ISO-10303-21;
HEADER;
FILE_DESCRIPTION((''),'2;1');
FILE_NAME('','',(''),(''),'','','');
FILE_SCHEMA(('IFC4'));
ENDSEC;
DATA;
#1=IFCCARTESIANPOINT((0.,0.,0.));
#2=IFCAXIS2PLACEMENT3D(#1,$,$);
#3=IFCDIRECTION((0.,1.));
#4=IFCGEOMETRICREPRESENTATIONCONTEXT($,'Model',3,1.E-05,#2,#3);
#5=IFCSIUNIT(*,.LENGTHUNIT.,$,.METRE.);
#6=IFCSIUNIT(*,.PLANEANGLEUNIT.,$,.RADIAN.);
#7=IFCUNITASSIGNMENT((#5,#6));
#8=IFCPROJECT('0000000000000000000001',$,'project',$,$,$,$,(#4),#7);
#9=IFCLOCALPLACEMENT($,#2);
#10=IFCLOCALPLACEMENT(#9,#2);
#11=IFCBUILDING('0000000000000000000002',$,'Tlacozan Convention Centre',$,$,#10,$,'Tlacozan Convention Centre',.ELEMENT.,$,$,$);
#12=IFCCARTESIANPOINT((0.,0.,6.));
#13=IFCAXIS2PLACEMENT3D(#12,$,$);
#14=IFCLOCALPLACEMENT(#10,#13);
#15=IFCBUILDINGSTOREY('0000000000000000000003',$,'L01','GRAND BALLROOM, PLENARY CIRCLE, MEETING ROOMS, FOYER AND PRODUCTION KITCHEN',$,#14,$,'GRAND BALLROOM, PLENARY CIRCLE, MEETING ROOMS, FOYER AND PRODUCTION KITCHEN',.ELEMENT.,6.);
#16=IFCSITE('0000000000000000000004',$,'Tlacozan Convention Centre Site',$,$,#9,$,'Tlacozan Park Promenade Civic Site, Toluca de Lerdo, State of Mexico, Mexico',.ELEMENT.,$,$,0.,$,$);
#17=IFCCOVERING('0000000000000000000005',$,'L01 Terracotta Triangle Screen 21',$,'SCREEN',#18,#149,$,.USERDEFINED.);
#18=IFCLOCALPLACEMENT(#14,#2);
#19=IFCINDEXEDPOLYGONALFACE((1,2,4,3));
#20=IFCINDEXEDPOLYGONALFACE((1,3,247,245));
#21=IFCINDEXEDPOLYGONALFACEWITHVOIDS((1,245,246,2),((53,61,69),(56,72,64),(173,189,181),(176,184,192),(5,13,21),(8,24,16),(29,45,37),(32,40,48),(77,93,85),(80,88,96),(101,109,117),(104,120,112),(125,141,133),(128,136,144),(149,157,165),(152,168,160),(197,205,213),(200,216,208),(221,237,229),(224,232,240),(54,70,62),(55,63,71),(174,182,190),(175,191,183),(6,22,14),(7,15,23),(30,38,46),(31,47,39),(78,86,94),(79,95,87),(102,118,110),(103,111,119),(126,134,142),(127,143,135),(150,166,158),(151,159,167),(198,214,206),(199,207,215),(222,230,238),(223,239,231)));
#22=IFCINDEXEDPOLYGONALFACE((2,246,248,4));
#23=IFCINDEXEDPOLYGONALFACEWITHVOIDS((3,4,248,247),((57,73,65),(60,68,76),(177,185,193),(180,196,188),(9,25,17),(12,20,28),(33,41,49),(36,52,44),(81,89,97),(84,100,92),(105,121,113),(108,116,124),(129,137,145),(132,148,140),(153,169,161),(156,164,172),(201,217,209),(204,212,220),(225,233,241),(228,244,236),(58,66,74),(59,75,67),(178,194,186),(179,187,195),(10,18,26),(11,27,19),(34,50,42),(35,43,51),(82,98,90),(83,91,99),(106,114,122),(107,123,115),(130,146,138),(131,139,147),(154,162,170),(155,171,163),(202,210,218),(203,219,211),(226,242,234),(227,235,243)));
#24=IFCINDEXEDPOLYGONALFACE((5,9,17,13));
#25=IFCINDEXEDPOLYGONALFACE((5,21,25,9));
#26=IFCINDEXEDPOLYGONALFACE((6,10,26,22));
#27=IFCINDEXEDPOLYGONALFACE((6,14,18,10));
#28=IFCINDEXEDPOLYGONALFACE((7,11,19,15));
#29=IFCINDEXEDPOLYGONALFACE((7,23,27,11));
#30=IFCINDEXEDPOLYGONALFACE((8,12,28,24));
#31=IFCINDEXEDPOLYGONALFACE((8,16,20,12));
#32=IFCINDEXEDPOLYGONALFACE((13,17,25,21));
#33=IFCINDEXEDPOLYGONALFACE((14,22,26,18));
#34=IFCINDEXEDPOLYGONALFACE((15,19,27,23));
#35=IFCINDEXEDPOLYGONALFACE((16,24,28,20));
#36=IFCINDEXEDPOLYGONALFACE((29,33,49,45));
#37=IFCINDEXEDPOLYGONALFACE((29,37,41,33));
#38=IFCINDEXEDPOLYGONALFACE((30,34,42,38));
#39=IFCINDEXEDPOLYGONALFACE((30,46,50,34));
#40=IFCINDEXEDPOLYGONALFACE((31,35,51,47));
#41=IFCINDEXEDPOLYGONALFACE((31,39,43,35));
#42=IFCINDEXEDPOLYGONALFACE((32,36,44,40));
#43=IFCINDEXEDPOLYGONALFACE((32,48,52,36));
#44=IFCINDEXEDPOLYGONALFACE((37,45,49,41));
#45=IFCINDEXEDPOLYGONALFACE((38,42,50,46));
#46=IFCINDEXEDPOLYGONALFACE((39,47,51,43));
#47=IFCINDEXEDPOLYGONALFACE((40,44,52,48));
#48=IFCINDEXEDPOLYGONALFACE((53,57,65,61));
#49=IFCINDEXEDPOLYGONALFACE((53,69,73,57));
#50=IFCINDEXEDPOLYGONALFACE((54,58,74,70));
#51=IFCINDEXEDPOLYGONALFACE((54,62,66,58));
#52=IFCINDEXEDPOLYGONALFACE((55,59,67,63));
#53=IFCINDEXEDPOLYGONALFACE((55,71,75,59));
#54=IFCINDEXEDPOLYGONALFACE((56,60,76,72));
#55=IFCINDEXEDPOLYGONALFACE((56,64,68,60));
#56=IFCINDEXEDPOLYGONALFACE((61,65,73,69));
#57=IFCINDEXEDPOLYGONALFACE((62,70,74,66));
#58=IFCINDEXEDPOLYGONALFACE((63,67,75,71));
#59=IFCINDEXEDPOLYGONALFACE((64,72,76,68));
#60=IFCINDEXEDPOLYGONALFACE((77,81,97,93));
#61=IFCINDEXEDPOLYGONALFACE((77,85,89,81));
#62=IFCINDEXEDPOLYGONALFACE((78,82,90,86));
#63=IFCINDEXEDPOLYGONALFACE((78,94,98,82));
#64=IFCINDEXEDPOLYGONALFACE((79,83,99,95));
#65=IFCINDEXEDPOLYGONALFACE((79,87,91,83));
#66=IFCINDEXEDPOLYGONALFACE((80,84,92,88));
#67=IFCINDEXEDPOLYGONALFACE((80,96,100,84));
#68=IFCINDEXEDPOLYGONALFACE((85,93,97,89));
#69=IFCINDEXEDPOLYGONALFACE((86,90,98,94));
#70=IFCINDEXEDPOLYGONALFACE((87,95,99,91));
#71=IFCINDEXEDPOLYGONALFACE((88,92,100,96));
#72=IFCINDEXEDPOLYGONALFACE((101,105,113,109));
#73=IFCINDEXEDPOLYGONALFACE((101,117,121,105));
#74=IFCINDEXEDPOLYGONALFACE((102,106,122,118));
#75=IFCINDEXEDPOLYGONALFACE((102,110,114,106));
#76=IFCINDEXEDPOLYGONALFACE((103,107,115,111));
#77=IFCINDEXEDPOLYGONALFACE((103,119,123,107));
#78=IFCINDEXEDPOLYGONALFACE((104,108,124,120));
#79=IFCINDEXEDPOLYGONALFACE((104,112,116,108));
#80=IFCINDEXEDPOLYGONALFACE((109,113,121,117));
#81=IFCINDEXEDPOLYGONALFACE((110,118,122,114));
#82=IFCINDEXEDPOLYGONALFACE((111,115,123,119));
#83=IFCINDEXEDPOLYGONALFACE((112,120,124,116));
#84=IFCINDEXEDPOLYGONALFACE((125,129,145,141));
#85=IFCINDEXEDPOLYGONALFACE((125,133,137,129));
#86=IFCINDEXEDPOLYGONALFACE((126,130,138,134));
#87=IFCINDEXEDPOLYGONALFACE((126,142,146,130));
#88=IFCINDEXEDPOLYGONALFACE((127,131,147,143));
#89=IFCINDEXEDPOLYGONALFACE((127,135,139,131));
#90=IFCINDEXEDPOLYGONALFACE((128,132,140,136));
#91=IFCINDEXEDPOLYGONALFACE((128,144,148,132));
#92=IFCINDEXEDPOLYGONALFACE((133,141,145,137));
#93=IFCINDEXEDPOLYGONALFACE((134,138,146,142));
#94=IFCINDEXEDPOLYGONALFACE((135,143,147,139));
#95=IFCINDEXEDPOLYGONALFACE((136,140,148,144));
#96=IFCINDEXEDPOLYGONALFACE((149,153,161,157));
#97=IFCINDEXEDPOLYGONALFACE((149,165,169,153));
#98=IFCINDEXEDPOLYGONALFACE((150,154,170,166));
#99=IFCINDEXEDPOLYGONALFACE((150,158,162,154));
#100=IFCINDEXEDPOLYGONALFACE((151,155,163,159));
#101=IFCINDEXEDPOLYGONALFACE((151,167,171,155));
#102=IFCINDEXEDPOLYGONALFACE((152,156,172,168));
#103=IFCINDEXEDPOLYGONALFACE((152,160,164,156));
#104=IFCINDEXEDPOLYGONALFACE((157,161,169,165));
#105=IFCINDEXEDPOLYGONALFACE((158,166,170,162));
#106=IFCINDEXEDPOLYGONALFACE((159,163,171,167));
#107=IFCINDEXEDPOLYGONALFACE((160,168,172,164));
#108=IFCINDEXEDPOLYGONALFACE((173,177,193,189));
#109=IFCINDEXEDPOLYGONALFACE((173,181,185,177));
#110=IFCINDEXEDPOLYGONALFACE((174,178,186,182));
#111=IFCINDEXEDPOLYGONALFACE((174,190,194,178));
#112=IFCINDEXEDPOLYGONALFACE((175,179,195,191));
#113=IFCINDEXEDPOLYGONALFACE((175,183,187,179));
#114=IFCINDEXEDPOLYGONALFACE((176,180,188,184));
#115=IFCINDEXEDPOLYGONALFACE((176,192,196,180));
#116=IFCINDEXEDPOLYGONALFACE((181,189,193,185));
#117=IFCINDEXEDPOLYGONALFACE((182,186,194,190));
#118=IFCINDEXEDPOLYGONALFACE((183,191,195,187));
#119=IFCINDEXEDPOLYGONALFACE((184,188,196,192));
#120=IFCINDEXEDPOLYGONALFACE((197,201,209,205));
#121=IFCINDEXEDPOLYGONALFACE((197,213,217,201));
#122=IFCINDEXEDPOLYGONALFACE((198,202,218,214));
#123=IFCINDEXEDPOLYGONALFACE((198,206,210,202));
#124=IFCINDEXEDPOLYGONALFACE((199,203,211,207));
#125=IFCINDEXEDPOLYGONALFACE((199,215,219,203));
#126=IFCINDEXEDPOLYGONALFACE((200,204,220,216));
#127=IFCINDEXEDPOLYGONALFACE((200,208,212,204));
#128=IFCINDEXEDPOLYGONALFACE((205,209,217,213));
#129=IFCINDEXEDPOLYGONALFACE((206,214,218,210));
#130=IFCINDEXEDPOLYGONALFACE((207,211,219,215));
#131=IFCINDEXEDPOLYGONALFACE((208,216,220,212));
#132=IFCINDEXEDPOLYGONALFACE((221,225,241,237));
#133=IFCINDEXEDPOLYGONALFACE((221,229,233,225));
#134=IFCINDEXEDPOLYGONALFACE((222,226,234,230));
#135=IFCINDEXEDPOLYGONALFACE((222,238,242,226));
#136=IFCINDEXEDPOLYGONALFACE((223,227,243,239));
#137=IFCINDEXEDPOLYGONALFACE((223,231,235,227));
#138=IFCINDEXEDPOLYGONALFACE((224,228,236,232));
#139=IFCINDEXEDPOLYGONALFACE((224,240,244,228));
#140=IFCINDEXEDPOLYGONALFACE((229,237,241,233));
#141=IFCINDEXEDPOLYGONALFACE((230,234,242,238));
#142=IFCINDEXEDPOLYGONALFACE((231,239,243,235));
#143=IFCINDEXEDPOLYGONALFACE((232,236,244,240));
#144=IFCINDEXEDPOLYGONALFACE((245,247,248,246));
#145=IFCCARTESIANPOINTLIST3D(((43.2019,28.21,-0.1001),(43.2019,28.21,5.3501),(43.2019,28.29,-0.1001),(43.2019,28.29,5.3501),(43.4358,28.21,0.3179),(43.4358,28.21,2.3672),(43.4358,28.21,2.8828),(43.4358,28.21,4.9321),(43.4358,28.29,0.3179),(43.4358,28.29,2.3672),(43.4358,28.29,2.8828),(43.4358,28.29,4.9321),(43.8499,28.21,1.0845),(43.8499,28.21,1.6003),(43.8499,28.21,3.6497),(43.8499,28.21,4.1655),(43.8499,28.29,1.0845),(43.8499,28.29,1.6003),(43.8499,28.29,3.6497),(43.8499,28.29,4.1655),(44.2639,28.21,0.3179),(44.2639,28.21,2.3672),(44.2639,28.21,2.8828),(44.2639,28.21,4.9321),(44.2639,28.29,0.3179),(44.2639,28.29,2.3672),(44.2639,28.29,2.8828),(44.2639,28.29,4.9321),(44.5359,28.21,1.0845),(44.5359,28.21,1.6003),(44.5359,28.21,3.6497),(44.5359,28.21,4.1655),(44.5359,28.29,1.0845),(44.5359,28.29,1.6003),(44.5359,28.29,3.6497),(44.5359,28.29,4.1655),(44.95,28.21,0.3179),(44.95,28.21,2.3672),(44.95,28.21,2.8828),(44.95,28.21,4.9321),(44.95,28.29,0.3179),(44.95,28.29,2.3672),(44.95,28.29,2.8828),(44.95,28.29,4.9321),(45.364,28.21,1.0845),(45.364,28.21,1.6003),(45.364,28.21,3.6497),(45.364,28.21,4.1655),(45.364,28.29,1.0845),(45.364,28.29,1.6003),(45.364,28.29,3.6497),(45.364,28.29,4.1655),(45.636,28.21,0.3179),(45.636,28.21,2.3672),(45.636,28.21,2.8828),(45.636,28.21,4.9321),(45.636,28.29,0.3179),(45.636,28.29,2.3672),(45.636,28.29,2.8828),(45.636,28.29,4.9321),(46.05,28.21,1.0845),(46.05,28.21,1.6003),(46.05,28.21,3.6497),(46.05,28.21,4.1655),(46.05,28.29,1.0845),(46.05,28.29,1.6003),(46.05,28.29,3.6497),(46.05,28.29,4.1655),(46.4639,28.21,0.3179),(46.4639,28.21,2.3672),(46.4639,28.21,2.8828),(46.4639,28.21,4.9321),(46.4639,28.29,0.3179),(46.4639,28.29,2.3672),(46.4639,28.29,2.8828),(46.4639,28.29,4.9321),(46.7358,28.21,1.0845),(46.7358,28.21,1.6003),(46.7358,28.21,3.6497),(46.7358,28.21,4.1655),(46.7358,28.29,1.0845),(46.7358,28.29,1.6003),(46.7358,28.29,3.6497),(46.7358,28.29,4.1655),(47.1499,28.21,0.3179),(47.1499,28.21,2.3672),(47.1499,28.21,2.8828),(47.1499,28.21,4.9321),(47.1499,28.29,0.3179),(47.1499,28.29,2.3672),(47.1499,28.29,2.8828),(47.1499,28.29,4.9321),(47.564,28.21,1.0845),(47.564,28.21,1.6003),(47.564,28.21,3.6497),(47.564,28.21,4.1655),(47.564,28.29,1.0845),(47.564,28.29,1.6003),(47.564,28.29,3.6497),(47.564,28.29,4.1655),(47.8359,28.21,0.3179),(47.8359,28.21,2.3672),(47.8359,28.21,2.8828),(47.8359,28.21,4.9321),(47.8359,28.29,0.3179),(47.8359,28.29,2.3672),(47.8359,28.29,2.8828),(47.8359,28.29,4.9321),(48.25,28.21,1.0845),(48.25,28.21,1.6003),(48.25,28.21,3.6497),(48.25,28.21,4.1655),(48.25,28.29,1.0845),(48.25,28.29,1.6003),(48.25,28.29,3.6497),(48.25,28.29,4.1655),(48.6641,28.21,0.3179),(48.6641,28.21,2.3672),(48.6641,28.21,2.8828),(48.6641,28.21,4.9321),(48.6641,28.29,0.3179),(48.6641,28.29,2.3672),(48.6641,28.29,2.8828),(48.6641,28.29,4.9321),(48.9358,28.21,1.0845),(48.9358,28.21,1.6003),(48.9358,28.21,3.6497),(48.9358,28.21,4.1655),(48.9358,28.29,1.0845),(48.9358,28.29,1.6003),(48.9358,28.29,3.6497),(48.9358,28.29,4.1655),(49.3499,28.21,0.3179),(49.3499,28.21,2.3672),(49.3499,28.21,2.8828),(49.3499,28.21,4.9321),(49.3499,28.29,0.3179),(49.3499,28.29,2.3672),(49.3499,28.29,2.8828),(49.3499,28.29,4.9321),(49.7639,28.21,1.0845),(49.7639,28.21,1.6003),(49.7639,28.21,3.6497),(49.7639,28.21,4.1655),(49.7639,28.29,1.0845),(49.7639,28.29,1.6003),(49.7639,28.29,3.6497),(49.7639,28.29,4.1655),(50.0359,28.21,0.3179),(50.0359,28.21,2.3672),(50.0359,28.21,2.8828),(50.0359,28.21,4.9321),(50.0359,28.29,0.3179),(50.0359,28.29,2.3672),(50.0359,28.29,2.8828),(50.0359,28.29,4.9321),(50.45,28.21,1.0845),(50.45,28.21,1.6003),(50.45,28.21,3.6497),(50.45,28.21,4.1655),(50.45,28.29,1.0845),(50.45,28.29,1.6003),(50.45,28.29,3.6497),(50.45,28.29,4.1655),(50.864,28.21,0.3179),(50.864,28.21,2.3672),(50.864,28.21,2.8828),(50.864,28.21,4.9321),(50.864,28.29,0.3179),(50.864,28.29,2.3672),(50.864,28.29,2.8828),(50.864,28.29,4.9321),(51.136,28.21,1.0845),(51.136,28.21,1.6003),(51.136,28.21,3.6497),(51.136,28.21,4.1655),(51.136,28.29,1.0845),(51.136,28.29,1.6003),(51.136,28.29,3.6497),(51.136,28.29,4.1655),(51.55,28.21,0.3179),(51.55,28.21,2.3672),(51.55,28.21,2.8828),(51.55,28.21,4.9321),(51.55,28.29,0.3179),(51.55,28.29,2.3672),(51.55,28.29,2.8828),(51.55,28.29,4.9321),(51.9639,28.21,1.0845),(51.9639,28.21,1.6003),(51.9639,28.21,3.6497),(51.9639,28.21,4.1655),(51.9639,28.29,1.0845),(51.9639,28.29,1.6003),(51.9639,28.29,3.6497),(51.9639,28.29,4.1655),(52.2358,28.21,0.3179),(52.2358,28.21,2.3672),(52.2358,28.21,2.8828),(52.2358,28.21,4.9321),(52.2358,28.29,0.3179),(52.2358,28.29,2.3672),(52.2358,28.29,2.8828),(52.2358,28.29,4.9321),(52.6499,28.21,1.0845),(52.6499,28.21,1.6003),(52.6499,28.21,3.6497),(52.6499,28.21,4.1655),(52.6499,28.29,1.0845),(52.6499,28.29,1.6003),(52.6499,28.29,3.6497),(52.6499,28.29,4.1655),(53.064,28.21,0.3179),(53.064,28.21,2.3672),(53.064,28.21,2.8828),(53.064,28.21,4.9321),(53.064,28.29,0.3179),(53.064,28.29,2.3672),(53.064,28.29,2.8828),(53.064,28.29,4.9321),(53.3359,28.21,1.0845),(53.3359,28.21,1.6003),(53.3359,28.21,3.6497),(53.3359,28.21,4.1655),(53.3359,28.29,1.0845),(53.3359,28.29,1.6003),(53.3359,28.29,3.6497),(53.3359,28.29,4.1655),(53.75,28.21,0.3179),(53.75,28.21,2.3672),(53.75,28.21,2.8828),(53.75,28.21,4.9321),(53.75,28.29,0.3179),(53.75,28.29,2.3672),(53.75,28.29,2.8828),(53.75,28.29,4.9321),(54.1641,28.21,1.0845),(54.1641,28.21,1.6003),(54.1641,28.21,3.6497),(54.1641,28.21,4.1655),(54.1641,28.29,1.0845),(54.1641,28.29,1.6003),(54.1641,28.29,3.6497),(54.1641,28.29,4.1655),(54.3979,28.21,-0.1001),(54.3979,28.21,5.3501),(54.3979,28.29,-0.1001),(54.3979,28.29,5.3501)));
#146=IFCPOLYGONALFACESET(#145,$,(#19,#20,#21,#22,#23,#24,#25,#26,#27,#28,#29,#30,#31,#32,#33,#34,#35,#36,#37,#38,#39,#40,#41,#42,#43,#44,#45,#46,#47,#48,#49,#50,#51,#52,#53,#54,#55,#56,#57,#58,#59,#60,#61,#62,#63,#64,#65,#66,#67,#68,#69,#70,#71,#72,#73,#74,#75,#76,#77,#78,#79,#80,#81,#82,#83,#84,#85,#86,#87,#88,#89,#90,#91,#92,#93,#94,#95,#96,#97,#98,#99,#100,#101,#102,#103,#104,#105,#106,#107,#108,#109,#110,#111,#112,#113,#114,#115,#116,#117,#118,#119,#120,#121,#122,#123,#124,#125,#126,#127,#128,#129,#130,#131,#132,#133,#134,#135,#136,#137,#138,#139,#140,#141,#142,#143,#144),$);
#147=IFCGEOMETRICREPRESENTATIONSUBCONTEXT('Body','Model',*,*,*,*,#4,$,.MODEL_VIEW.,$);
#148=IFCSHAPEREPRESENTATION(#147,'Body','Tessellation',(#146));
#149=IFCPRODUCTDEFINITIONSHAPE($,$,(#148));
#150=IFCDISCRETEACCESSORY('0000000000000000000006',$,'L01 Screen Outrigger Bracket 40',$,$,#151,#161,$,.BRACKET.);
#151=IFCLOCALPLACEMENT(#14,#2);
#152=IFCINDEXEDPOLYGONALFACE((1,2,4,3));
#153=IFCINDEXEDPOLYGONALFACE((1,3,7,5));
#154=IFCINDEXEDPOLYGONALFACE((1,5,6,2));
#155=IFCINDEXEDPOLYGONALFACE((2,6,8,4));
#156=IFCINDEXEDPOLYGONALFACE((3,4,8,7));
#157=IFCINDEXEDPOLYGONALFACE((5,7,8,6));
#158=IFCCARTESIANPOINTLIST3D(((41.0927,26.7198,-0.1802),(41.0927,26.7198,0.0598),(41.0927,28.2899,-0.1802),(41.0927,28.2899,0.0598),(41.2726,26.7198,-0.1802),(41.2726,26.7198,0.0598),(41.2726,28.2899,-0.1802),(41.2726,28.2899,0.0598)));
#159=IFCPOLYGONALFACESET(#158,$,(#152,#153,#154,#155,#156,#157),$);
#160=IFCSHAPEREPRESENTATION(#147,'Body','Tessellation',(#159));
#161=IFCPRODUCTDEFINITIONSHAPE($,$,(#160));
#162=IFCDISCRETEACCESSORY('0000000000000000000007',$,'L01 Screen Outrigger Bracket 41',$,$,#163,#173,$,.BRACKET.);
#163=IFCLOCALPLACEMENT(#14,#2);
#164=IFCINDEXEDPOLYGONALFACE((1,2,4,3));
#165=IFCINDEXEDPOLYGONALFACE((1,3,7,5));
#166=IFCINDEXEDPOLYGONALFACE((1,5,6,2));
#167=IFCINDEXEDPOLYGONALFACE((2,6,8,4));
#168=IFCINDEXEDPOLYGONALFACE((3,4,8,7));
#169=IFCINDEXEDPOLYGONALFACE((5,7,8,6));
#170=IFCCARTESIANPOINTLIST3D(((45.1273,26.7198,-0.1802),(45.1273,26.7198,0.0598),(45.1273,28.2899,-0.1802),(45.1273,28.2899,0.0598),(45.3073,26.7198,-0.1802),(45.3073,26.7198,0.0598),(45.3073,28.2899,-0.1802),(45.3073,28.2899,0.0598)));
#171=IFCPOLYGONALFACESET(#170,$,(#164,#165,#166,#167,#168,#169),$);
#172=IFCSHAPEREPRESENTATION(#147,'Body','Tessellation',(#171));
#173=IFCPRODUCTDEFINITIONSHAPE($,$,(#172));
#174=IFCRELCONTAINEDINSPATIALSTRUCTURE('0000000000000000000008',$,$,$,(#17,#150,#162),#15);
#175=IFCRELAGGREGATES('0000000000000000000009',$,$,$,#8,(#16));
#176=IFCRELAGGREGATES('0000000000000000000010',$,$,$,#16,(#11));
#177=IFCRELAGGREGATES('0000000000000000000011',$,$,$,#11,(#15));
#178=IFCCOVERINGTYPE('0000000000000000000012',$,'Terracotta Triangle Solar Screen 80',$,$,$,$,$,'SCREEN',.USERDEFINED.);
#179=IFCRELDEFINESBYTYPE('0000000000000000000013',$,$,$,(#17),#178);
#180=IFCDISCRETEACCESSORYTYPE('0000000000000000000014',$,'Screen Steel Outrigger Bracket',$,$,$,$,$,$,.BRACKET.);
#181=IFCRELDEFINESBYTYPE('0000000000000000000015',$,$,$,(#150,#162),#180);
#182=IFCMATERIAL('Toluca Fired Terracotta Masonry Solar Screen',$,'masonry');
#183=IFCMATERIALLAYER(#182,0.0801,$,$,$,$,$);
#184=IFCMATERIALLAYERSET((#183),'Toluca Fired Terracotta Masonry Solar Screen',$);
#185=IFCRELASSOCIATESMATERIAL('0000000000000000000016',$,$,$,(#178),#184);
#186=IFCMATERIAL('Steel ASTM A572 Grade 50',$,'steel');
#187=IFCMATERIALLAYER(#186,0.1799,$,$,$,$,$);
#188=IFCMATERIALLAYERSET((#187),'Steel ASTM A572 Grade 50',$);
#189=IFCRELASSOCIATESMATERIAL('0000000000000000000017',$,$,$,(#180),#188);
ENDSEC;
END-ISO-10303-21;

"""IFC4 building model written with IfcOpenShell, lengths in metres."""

from ifc_helpers import new_model, si_unit, direction, frame, origin, origin_2d, place, context, subcontext, project, spatial, polyline, rectangle, outline, extrude, material, layer, layer_set, type_object, element, save


model = new_model("IFC4")

# Units and contexts
model_context = context("Model", 3, precision=1e-05, world=origin(), true_north=direction((0.0, 1.0)))
body_context = subcontext(model_context, "Body", "Model", "MODEL_VIEW")
ifc_project = project(units=[si_unit("LENGTHUNIT", "METRE"), si_unit("PLANEANGLEUNIT", "RADIAN")], contexts=[model_context])

# Site, building, storey
site_placement = place(None, origin())
site = spatial("IfcSite", under=ifc_project, at=site_placement, Name="Tlacozan Convention Centre Site", LongName="Tlacozan Park Promenade Civic Site, Toluca de Lerdo, State of Mexico, Mexico", CompositionType="ELEMENT", RefElevation=0.0)
building_placement = place(site_placement, origin())
building = spatial("IfcBuilding", under=site, at=building_placement, Name="Tlacozan Convention Centre", LongName="Tlacozan Convention Centre", CompositionType="ELEMENT")
storey_placement = place(building_placement, frame((0.0, 0.0, 6.0)))
storey = spatial("IfcBuildingStorey", under=building, at=storey_placement, Name="L01", Description="GRAND BALLROOM, PLENARY CIRCLE, MEETING ROOMS, FOYER AND PRODUCTION KITCHEN", LongName="GRAND BALLROOM, PLENARY CIRCLE, MEETING ROOMS, FOYER AND PRODUCTION KITCHEN", CompositionType="ELEMENT", Elevation=6.0)

# Covering
ifc_material_1 = material(Name="Toluca Fired Terracotta Masonry Solar Screen", Category="masonry")
ifc_layer_1 = layer(ifc_material_1, 0.0801)
ifc_layer_set_1 = layer_set([ifc_layer_1], Name="Toluca Fired Terracotta Masonry Solar Screen")
covering_type = type_object("IfcCoveringType", Name="Terracotta Triangle Solar Screen 80", ElementType="SCREEN", PredefinedType="USERDEFINED", material=ifc_layer_set_1)
covering_placement = place(storey_placement, frame((43.2019, 28.25, -0.1001), z_axis=(0.0, 0.0, 1.0), x_axis=(1.0, 0.0, 0.0)))
element("IfcCovering", 1, at=covering_placement, inside=storey, type_object=covering_type, Name="L01 Terracotta Triangle Screen 21", ObjectType="SCREEN", PredefinedType="USERDEFINED", context=body_context, shape_type="SweptSolid", body=[
    extrude(outline(polyline([(0.0, 0.0), (11.196, 0.0), (11.196, 5.4502), (0.0, 5.4502), (0.0, 0.0)]), holes=[polyline([(0.2339, 0.418), (1.062, 0.418), (0.6479, 1.1846), (0.2339, 0.418)]), polyline([(1.334, 1.1846), (2.1621, 1.1846), (1.748, 0.418), (1.334, 1.1846)]), polyline([(2.4341, 0.418), (3.262, 0.418), (2.8481, 1.1846), (2.4341, 0.418)]), polyline([(3.5339, 1.1846), (4.3621, 1.1846), (3.948, 0.418), (3.5339, 1.1846)]), polyline([(4.634, 0.418), (5.4622, 0.418), (5.0481, 1.1846), (4.634, 0.418)]), polyline([(5.7339, 1.1846), (6.562, 1.1846), (6.1479, 0.418), (5.7339, 1.1846)]), polyline([(6.834, 0.418), (7.6621, 0.418), (7.248, 1.1846), (6.834, 0.418)]), polyline([(7.9341, 1.1846), (8.762, 1.1846), (8.3481, 0.418), (7.9341, 1.1846)]), polyline([(9.0339, 0.418), (9.8621, 0.418), (9.448, 1.1846), (9.0339, 0.418)]), polyline([(10.134, 1.1846), (10.9622, 1.1846), (10.5481, 0.418), (10.134, 1.1846)]), polyline([(0.2339, 2.4673), (1.062, 2.4673), (0.6479, 1.7004), (0.2339, 2.4673)]), polyline([(1.334, 1.7004), (2.1621, 1.7004), (1.748, 2.4673), (1.334, 1.7004)]), polyline([(2.4341, 2.4673), (3.262, 2.4673), (2.8481, 1.7004), (2.4341, 2.4673)]), polyline([(3.5339, 1.7004), (4.3621, 1.7004), (3.948, 2.4673), (3.5339, 1.7004)]), polyline([(4.634, 2.4673), (5.4622, 2.4673), (5.0481, 1.7004), (4.634, 2.4673)]), polyline([(5.7339, 1.7004), (6.562, 1.7004), (6.1479, 2.4673), (5.7339, 1.7004)]), polyline([(6.834, 2.4673), (7.6621, 2.4673), (7.248, 1.7004), (6.834, 2.4673)]), polyline([(7.9341, 1.7004), (8.762, 1.7004), (8.3481, 2.4673), (7.9341, 1.7004)]), polyline([(9.0339, 2.4673), (9.8621, 2.4673), (9.448, 1.7004), (9.0339, 2.4673)]), polyline([(10.134, 1.7004), (10.9622, 1.7004), (10.5481, 2.4673), (10.134, 1.7004)]), polyline([(0.2339, 2.9829), (1.062, 2.9829), (0.6479, 3.7498), (0.2339, 2.9829)]), polyline([(1.334, 3.7498), (2.1621, 3.7498), (1.748, 2.9829), (1.334, 3.7498)]), polyline([(2.4341, 2.9829), (3.262, 2.9829), (2.8481, 3.7498), (2.4341, 2.9829)]), polyline([(3.5339, 3.7498), (4.3621, 3.7498), (3.948, 2.9829), (3.5339, 3.7498)]), polyline([(4.634, 2.9829), (5.4622, 2.9829), (5.0481, 3.7498), (4.634, 2.9829)]), polyline([(5.7339, 3.7498), (6.562, 3.7498), (6.1479, 2.9829), (5.7339, 3.7498)]), polyline([(6.834, 2.9829), (7.6621, 2.9829), (7.248, 3.7498), (6.834, 2.9829)]), polyline([(7.9341, 3.7498), (8.762, 3.7498), (8.3481, 2.9829), (7.9341, 3.7498)]), polyline([(9.0339, 2.9829), (9.8621, 2.9829), (9.448, 3.7498), (9.0339, 2.9829)]), polyline([(10.134, 3.7498), (10.9622, 3.7498), (10.5481, 2.9829), (10.134, 3.7498)]), polyline([(0.2339, 5.0322), (1.062, 5.0322), (0.6479, 4.2656), (0.2339, 5.0322)]), polyline([(1.334, 4.2656), (2.1621, 4.2656), (1.748, 5.0322), (1.334, 4.2656)]), polyline([(2.4341, 5.0322), (3.262, 5.0322), (2.8481, 4.2656), (2.4341, 5.0322)]), polyline([(3.5339, 4.2656), (4.3621, 4.2656), (3.948, 5.0322), (3.5339, 4.2656)]), polyline([(4.634, 5.0322), (5.4622, 5.0322), (5.0481, 4.2656), (4.634, 5.0322)]), polyline([(5.7339, 4.2656), (6.562, 4.2656), (6.1479, 5.0322), (5.7339, 4.2656)]), polyline([(6.834, 5.0322), (7.6621, 5.0322), (7.248, 4.2656), (6.834, 5.0322)]), polyline([(7.9341, 4.2656), (8.762, 4.2656), (8.3481, 5.0322), (7.9341, 4.2656)]), polyline([(9.0339, 5.0322), (9.8621, 5.0322), (9.448, 4.2656), (9.0339, 5.0322)]), polyline([(10.134, 4.2656), (10.9622, 4.2656), (10.5481, 5.0322), (10.134, 4.2656)])]), frame((0.0, 0.04, 0.0), z_axis=(0.0, -1.0, 0.0), x_axis=(1.0, 0.0, 0.0)), (0.0, 0.0, 1.0), 0.0801),
])

# Discrete accessories
ifc_material_2 = material(Name="Steel ASTM A572 Grade 50", Category="steel")
ifc_layer_2 = layer(ifc_material_2, 0.1799)
ifc_layer_set_2 = layer_set([ifc_layer_2], Name="Steel ASTM A572 Grade 50")
discrete_accessory_type = type_object("IfcDiscreteAccessoryType", Name="Screen Steel Outrigger Bracket", PredefinedType="BRACKET", material=ifc_layer_set_2)
for number, where, z_axis, x_axis, name in (
    (2, (41.1826, 27.5049, -0.1802), (0.0, 0.0, 1.0), (0.0, -1.0, 0.0), "L01 Screen Outrigger Bracket 40"),
    (3, (45.2173, 27.5049, -0.1802), (0.0, 0.0, 1.0), (0.0, -1.0, 0.0), "L01 Screen Outrigger Bracket 41"),
):
    element("IfcDiscreteAccessory", number, at=place(storey_placement, frame(where, z_axis=z_axis, x_axis=x_axis)), inside=storey, type_object=discrete_accessory_type, Name=name, PredefinedType="BRACKET", context=body_context, shape_type="SweptSolid", body=[
        extrude(rectangle(XDim=1.5701, YDim=0.1799, at=origin_2d()), origin(), (0.0, 0.0, 1.0), 0.24),
    ])

save(model, "model.ifc")
